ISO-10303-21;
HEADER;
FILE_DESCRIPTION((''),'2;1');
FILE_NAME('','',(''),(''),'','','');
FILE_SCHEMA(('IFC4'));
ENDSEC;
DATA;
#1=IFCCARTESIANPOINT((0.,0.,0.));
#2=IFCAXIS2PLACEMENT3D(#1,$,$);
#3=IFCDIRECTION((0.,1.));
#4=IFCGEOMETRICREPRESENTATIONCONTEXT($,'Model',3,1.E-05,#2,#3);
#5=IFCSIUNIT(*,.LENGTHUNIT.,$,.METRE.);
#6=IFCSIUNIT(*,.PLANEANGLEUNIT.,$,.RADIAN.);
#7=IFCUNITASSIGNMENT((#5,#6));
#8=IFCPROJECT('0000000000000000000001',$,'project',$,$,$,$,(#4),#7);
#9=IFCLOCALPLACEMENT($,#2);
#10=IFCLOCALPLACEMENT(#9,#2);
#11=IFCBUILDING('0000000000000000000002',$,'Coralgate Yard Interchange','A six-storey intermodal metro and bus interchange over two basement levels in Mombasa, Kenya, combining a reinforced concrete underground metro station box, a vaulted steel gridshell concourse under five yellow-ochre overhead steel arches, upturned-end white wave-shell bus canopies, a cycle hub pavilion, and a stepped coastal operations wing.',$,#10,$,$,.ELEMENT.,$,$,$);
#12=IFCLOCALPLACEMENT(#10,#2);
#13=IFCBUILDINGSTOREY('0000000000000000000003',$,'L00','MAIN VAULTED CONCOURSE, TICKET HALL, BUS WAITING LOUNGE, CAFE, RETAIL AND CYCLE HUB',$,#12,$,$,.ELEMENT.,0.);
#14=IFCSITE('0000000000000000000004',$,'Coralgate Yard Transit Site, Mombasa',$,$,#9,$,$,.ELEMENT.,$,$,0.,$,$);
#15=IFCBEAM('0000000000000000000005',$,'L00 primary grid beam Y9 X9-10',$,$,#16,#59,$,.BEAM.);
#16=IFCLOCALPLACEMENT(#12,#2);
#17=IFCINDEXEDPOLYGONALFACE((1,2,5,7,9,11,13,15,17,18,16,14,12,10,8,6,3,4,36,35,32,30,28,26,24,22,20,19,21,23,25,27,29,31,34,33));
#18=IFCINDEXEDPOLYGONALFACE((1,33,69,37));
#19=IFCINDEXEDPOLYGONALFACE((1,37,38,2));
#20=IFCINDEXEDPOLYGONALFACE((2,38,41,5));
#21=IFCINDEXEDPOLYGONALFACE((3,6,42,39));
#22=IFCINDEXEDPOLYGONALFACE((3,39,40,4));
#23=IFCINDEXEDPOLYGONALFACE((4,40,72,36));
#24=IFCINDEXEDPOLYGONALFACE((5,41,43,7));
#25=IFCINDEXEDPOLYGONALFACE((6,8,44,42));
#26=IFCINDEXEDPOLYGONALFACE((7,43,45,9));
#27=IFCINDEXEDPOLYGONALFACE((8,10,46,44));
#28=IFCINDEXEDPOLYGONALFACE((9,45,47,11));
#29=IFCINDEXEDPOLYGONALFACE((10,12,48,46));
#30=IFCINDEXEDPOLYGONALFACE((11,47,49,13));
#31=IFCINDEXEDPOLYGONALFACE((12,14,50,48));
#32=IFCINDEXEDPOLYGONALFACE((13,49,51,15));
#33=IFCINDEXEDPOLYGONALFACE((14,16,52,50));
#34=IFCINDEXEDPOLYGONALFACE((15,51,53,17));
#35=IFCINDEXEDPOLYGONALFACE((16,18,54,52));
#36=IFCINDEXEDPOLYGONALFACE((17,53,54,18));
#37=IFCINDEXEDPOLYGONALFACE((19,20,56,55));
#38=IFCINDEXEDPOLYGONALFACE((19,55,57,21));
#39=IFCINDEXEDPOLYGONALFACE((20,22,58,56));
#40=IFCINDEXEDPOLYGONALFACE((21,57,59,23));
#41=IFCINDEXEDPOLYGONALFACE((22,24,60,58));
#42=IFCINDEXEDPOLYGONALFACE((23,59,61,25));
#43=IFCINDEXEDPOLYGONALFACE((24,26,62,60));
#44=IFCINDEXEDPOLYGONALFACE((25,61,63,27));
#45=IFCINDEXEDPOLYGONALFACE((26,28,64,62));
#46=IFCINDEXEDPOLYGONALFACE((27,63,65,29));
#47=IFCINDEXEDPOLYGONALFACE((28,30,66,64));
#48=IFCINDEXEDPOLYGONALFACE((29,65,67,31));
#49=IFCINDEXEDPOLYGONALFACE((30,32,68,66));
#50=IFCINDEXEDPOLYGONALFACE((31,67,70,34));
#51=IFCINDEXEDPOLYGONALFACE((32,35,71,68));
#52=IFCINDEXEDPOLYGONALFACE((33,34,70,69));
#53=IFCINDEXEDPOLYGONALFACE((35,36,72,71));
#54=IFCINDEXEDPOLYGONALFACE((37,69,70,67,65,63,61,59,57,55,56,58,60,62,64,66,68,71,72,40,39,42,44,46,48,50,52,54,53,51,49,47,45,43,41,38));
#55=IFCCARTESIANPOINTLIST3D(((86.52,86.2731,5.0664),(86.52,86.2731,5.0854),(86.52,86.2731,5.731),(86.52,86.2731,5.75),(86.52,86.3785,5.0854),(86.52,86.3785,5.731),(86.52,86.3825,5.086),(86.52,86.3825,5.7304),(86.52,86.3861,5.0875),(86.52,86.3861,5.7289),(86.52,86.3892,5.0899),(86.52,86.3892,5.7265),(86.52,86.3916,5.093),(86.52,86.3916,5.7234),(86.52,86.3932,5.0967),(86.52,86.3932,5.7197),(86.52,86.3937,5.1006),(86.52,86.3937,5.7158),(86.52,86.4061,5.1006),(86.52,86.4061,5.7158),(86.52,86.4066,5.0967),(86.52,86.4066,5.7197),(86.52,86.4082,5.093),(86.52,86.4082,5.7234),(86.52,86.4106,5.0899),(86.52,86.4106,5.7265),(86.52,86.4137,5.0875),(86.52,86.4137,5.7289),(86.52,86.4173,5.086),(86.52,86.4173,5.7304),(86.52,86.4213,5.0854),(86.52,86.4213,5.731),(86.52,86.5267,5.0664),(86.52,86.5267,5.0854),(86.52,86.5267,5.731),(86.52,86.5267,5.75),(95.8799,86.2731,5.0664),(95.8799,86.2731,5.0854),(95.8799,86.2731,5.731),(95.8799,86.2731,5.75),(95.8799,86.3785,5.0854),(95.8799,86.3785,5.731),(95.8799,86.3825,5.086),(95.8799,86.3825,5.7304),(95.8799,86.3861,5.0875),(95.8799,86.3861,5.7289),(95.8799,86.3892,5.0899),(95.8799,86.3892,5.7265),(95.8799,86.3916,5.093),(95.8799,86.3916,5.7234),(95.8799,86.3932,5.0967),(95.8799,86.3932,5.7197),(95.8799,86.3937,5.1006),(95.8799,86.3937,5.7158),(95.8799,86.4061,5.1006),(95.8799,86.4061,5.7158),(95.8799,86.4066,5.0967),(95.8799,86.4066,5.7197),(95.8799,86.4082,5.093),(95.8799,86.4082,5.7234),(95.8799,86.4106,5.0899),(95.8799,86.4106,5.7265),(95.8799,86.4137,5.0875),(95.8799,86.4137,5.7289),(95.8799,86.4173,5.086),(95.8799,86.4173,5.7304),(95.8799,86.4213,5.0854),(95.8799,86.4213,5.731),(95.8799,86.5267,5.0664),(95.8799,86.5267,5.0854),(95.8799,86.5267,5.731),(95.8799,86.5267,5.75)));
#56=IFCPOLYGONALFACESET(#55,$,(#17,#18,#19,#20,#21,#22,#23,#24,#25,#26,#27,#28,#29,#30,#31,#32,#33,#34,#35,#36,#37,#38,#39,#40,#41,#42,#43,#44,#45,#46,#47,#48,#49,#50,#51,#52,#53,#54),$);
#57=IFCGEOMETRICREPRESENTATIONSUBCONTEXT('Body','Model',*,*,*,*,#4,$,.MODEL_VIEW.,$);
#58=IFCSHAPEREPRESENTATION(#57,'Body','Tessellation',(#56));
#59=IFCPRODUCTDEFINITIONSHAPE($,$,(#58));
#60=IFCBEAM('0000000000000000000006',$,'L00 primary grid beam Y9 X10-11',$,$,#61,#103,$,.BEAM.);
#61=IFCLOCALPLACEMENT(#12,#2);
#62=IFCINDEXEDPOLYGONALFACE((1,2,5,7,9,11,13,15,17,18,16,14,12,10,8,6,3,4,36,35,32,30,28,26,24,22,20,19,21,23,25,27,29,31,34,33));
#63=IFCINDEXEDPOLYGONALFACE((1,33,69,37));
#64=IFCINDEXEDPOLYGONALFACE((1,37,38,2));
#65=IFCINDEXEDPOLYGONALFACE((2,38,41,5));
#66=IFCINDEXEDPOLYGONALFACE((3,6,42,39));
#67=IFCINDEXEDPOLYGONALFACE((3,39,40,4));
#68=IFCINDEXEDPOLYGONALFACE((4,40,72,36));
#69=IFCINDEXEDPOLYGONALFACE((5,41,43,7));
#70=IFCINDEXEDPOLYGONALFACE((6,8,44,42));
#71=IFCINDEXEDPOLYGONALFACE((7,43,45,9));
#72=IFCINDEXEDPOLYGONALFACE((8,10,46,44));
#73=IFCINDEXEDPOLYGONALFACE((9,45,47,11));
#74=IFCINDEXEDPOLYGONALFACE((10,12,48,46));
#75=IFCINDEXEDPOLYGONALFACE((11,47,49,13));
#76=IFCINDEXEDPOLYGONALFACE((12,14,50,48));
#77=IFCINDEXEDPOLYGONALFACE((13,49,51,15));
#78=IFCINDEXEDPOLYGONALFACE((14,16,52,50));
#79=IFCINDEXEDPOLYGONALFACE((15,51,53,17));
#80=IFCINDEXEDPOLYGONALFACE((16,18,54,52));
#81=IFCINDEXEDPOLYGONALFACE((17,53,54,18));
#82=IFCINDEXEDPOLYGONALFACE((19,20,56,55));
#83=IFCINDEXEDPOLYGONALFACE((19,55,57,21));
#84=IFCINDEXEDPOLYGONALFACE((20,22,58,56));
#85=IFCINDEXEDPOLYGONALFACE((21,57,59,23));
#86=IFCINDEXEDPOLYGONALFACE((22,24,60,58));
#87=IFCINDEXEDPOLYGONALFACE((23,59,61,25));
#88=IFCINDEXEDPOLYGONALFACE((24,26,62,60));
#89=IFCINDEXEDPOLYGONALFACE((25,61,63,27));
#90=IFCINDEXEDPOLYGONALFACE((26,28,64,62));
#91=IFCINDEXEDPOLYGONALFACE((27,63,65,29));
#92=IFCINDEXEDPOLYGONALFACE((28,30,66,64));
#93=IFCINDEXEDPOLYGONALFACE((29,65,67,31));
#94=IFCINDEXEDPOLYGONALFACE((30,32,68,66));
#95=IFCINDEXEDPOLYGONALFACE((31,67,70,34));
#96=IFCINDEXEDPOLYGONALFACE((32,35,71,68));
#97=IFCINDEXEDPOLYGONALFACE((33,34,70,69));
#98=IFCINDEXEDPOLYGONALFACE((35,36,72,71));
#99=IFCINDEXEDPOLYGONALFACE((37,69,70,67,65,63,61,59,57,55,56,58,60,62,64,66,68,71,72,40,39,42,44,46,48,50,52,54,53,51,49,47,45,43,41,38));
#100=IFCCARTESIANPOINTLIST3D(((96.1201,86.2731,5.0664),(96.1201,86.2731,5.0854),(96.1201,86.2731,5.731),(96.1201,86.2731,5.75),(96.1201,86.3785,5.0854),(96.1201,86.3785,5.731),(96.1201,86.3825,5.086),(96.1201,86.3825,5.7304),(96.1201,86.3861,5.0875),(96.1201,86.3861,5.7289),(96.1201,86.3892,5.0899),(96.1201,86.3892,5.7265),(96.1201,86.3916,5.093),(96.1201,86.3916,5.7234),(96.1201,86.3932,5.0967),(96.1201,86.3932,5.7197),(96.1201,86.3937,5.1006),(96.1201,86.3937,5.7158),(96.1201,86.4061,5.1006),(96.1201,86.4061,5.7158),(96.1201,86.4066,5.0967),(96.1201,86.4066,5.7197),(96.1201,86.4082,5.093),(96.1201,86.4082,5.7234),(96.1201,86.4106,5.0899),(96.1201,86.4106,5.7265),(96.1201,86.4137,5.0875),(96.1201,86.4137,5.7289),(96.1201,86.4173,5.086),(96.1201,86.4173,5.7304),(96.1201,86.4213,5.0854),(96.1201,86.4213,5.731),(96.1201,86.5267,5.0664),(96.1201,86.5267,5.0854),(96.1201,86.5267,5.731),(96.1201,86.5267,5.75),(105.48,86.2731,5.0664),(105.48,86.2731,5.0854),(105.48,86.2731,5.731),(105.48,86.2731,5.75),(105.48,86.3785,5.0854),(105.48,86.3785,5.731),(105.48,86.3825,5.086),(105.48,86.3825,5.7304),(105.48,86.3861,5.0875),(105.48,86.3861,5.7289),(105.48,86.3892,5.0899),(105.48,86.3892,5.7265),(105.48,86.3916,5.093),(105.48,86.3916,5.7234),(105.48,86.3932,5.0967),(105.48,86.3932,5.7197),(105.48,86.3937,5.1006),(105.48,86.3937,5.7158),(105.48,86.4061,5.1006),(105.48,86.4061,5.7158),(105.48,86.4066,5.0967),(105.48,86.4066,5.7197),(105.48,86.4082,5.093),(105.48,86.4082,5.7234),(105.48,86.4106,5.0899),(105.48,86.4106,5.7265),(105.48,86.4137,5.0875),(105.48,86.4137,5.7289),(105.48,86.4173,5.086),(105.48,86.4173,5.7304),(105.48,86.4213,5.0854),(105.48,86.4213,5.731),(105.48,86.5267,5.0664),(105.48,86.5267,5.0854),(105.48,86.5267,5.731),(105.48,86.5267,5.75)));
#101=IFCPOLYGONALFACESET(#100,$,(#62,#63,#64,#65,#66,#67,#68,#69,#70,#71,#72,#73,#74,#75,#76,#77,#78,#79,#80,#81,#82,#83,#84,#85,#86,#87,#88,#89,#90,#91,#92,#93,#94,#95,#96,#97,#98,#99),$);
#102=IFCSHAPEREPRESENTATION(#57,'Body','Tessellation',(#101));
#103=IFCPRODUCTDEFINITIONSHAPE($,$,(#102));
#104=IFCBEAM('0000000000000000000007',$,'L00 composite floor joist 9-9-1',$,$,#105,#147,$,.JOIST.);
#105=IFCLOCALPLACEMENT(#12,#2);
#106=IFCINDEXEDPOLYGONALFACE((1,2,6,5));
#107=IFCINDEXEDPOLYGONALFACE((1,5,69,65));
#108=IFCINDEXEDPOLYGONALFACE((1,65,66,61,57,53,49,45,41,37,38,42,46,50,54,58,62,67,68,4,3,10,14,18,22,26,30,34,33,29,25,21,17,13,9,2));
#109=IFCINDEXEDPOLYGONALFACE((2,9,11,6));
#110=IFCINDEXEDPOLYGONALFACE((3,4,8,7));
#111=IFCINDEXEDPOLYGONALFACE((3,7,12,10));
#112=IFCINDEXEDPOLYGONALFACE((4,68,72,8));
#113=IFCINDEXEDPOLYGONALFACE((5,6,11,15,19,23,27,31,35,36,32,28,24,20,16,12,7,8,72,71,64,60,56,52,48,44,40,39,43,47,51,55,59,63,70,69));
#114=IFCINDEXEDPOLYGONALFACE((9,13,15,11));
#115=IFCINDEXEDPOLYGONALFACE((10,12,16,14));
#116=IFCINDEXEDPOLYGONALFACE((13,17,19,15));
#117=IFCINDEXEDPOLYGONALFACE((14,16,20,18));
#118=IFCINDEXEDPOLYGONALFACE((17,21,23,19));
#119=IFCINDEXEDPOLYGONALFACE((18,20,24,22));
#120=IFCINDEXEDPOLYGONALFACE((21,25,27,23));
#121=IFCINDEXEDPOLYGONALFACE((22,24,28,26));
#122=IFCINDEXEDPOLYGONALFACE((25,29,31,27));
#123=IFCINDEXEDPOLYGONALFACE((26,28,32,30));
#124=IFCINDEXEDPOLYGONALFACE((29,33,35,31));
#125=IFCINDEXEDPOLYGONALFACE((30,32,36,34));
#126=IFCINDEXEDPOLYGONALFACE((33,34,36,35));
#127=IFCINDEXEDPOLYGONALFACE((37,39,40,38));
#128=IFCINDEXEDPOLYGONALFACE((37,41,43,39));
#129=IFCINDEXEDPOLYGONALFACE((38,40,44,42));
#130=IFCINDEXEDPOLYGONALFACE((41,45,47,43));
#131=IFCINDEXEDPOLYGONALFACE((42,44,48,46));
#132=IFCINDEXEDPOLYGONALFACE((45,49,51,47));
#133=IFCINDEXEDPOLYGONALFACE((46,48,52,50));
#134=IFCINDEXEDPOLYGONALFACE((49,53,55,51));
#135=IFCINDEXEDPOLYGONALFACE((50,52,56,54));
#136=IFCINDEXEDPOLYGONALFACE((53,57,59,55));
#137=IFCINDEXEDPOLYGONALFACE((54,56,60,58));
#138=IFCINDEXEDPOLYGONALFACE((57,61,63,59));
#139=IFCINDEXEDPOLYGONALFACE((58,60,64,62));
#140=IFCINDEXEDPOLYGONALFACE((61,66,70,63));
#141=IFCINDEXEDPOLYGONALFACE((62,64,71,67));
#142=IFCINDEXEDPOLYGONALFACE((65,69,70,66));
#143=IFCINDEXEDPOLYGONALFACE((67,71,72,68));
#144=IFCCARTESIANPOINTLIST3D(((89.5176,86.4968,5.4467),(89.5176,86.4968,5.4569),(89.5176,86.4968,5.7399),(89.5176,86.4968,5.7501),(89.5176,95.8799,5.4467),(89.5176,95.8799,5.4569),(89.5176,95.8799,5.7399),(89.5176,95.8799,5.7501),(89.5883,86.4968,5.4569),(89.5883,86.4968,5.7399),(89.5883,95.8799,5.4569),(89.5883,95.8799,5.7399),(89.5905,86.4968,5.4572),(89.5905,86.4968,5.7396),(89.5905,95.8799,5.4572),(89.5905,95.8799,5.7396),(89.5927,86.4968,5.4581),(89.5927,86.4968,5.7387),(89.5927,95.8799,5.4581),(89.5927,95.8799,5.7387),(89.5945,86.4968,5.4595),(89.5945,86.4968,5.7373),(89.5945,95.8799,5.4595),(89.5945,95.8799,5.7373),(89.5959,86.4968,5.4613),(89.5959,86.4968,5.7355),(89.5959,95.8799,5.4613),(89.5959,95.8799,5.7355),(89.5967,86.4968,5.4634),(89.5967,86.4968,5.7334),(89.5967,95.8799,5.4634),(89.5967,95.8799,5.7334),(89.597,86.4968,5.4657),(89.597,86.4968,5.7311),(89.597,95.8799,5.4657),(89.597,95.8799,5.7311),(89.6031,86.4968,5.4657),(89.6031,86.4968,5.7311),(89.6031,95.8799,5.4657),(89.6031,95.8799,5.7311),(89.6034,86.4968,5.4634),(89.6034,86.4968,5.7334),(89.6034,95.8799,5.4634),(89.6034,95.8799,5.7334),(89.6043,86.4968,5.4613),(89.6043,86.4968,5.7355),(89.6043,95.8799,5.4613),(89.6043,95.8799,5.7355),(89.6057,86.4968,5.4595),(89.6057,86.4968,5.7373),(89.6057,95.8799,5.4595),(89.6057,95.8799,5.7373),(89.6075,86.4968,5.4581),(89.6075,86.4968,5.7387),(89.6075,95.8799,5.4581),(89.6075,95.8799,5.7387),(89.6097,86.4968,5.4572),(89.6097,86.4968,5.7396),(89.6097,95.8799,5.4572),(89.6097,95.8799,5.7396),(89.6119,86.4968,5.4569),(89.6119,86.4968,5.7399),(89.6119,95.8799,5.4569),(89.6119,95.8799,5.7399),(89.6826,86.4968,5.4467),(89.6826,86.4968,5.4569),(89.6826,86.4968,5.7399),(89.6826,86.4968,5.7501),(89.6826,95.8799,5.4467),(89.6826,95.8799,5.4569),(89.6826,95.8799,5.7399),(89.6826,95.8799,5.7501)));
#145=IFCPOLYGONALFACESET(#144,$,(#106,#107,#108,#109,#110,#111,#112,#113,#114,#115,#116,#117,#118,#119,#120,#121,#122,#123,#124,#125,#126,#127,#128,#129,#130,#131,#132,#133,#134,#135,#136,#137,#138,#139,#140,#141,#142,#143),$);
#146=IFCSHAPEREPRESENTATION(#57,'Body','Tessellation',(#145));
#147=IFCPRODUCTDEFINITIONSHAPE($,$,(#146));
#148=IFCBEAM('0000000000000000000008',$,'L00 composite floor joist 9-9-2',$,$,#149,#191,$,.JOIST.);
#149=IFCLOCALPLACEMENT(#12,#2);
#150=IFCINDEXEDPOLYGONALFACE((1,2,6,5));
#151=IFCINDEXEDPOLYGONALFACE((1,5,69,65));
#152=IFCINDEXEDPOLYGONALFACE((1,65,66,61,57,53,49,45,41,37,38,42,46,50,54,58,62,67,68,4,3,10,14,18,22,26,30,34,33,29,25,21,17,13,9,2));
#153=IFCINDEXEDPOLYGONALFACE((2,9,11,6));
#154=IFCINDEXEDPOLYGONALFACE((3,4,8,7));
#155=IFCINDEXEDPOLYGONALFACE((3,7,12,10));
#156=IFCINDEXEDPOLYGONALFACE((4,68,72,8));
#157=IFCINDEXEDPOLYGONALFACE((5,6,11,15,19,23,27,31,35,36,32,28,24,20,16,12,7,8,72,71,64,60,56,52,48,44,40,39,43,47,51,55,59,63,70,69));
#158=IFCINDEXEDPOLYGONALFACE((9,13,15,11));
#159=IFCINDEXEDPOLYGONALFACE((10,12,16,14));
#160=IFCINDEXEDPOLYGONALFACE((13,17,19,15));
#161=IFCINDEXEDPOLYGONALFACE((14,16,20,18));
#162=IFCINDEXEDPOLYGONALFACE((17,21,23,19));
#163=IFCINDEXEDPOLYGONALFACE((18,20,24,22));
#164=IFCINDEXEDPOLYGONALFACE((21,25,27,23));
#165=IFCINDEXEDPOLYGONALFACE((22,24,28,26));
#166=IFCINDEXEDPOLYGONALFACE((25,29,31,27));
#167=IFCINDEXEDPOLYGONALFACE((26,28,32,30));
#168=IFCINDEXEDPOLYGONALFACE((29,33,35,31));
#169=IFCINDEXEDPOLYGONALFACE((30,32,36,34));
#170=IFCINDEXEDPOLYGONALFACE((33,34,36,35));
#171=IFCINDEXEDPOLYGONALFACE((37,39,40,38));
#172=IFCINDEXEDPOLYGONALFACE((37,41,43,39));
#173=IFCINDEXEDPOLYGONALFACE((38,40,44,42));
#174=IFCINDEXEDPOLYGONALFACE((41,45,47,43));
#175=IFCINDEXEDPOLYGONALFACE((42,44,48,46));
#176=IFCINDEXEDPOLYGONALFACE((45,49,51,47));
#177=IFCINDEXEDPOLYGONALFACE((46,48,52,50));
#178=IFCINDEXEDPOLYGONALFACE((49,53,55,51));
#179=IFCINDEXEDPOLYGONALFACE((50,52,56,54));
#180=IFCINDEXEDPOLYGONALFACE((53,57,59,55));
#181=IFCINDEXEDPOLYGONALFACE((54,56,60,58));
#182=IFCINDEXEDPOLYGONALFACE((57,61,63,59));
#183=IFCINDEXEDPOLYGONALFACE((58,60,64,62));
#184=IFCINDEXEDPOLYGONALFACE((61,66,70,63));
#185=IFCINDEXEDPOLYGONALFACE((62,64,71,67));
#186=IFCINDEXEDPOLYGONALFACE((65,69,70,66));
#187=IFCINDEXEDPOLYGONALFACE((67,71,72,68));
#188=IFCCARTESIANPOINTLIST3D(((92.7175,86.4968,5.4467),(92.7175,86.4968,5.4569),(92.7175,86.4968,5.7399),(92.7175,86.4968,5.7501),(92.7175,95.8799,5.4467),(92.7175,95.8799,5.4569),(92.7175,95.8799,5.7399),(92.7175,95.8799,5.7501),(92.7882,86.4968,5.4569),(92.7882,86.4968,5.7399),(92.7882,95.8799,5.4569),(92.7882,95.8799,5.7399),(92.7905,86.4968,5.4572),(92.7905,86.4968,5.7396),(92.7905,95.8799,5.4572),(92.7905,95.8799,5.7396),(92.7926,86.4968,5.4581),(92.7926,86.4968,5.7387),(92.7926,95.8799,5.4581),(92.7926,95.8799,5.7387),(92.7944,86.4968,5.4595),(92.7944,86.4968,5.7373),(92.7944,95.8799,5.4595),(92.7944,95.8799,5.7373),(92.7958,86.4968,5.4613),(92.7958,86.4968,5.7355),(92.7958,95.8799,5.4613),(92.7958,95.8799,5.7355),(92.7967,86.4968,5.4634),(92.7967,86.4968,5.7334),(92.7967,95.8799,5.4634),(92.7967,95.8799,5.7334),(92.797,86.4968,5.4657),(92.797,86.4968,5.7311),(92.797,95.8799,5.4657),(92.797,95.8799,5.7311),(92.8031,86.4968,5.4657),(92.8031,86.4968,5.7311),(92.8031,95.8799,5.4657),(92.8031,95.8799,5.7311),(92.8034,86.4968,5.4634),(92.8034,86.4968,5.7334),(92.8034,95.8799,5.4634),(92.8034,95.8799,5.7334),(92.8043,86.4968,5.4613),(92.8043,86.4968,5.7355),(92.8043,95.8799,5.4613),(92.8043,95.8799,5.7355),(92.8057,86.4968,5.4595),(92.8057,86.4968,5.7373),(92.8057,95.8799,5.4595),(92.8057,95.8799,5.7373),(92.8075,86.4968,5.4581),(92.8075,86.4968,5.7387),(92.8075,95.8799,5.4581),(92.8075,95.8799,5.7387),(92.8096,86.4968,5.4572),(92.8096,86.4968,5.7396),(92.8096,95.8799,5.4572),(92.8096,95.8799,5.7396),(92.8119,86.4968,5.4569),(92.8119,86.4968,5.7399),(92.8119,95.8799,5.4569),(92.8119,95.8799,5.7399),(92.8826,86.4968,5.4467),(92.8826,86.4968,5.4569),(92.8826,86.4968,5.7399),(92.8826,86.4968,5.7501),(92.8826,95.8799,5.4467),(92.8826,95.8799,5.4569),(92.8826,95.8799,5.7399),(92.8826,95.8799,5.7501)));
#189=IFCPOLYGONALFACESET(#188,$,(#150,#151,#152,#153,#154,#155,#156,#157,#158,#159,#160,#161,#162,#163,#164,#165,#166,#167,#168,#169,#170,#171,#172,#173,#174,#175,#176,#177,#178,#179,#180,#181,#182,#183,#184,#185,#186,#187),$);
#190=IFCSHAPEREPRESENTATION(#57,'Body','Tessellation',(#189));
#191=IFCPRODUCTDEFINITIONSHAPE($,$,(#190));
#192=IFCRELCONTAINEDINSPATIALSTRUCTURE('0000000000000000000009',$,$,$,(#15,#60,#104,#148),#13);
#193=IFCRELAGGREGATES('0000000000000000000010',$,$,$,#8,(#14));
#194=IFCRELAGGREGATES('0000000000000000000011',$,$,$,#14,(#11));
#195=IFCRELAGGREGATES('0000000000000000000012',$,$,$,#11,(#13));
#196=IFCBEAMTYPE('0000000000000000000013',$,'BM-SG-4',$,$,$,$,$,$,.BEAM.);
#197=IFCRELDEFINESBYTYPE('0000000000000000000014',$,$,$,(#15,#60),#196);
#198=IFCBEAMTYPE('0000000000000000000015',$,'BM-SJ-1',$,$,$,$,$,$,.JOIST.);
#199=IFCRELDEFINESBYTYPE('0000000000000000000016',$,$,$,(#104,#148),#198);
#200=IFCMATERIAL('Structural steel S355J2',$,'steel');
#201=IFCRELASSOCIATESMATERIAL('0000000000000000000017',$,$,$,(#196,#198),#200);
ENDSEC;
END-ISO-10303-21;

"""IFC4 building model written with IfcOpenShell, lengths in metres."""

from ifc_helpers import new_model, si_unit, direction, frame, origin, origin_2d, place, context, subcontext, project, spatial, i_section, extrude, material, material_profile, profile_set, type_object, element, save


model = new_model("IFC4")

# Units and contexts
model_context = context("Model", 3, precision=1e-05, world=origin(), true_north=direction((0.0, 1.0)))
body_context = subcontext(model_context, "Body", "Model", "MODEL_VIEW")
ifc_project = project(units=[si_unit("LENGTHUNIT", "METRE"), si_unit("PLANEANGLEUNIT", "RADIAN")], contexts=[model_context])

# Site, building, storey
site_placement = place(None, origin())
site = spatial("IfcSite", under=ifc_project, at=site_placement, Name="Coralgate Yard Transit Site, Mombasa", CompositionType="ELEMENT", RefElevation=0.0)
building_placement = place(site_placement, origin())
building = spatial("IfcBuilding", under=site, at=building_placement, Name="Coralgate Yard Interchange", Description="A six-storey intermodal metro and bus interchange over two basement levels in Mombasa, Kenya, combining a reinforced concrete underground metro station box, a vaulted steel gridshell concourse under five yellow-ochre overhead steel arches, upturned-end white wave-shell bus canopies, a cycle hub pavilion, and a stepped coastal operations wing.", CompositionType="ELEMENT")
storey_placement = place(building_placement, origin())
storey = spatial("IfcBuildingStorey", under=building, at=storey_placement, Name="L00", Description="MAIN VAULTED CONCOURSE, TICKET HALL, BUS WAITING LOUNGE, CAFE, RETAIL AND CYCLE HUB", CompositionType="ELEMENT", Elevation=0.0)

# Shared definitions
ifc_material_1 = material(Name="Structural steel S355J2", Category="steel")

# Beams
ifc_material_profile_1 = material_profile(ifc_material_1, i_section(OverallWidth=0.2537, OverallDepth=0.6836, WebThickness=0.0125, FlangeThickness=0.019, FilletRadius=0.0151, at=origin_2d()), Name="UB 686x254x140")
ifc_profile_set_1 = profile_set([ifc_material_profile_1], Name="Structural steel S355J2")
beam_type_1 = type_object("IfcBeamType", Name="BM-SG-4", PredefinedType="BEAM", material=ifc_profile_set_1)
for number, where, z_axis, x_axis, name in (
    (1, (86.52, 86.3999, 5.4082), (1.0, 0.0, 0.0), (0.0, 1.0, 0.0), "L00 primary grid beam Y9 X9-10"),
    (2, (96.1201, 86.3999, 5.4082), (1.0, 0.0, 0.0), (0.0, 1.0, 0.0), "L00 primary grid beam Y9 X10-11"),
):
    element("IfcBeam", number, at=place(storey_placement, frame(where, z_axis=z_axis, x_axis=x_axis)), inside=storey, type_object=beam_type_1, Name=name, PredefinedType="BEAM", context=body_context, shape_type="SweptSolid", body=[
        extrude(i_section(OverallWidth=0.2537, OverallDepth=0.6836, WebThickness=0.0125, FlangeThickness=0.019, FilletRadius=0.0151, at=origin_2d()), origin(), (0.0, 0.0, 1.0), 9.3599),
    ])
ifc_material_profile_2 = material_profile(ifc_material_1, i_section(OverallWidth=0.165, OverallDepth=0.3035, WebThickness=0.0061, FlangeThickness=0.0103, FilletRadius=0.0088, at=origin_2d()), Name="UB 305x165x40")
ifc_profile_set_2 = profile_set([ifc_material_profile_2], Name="Structural steel S355J2")
beam_type_2 = type_object("IfcBeamType", Name="BM-SJ-1", PredefinedType="JOIST", material=ifc_profile_set_2)
for number, where, z_axis, x_axis, name in (
    (3, (89.6001, 86.4968, 5.5984), (0.0, 1.0, 0.0), (-1.0, 0.0, 0.0), "L00 composite floor joist 9-9-1"),
    (4, (92.8, 86.4968, 5.5984), (0.0, 1.0, 0.0), (-1.0, 0.0, 0.0), "L00 composite floor joist 9-9-2"),
):
    element("IfcBeam", number, at=place(storey_placement, frame(where, z_axis=z_axis, x_axis=x_axis)), inside=storey, type_object=beam_type_2, Name=name, PredefinedType="JOIST", context=body_context, shape_type="SweptSolid", body=[
        extrude(i_section(OverallWidth=0.165, OverallDepth=0.3035, WebThickness=0.0061, FlangeThickness=0.0103, FilletRadius=0.0088, at=origin_2d()), origin(), (0.0, 0.0, 1.0), 9.3831),
    ])

save(model, "model.ifc")
